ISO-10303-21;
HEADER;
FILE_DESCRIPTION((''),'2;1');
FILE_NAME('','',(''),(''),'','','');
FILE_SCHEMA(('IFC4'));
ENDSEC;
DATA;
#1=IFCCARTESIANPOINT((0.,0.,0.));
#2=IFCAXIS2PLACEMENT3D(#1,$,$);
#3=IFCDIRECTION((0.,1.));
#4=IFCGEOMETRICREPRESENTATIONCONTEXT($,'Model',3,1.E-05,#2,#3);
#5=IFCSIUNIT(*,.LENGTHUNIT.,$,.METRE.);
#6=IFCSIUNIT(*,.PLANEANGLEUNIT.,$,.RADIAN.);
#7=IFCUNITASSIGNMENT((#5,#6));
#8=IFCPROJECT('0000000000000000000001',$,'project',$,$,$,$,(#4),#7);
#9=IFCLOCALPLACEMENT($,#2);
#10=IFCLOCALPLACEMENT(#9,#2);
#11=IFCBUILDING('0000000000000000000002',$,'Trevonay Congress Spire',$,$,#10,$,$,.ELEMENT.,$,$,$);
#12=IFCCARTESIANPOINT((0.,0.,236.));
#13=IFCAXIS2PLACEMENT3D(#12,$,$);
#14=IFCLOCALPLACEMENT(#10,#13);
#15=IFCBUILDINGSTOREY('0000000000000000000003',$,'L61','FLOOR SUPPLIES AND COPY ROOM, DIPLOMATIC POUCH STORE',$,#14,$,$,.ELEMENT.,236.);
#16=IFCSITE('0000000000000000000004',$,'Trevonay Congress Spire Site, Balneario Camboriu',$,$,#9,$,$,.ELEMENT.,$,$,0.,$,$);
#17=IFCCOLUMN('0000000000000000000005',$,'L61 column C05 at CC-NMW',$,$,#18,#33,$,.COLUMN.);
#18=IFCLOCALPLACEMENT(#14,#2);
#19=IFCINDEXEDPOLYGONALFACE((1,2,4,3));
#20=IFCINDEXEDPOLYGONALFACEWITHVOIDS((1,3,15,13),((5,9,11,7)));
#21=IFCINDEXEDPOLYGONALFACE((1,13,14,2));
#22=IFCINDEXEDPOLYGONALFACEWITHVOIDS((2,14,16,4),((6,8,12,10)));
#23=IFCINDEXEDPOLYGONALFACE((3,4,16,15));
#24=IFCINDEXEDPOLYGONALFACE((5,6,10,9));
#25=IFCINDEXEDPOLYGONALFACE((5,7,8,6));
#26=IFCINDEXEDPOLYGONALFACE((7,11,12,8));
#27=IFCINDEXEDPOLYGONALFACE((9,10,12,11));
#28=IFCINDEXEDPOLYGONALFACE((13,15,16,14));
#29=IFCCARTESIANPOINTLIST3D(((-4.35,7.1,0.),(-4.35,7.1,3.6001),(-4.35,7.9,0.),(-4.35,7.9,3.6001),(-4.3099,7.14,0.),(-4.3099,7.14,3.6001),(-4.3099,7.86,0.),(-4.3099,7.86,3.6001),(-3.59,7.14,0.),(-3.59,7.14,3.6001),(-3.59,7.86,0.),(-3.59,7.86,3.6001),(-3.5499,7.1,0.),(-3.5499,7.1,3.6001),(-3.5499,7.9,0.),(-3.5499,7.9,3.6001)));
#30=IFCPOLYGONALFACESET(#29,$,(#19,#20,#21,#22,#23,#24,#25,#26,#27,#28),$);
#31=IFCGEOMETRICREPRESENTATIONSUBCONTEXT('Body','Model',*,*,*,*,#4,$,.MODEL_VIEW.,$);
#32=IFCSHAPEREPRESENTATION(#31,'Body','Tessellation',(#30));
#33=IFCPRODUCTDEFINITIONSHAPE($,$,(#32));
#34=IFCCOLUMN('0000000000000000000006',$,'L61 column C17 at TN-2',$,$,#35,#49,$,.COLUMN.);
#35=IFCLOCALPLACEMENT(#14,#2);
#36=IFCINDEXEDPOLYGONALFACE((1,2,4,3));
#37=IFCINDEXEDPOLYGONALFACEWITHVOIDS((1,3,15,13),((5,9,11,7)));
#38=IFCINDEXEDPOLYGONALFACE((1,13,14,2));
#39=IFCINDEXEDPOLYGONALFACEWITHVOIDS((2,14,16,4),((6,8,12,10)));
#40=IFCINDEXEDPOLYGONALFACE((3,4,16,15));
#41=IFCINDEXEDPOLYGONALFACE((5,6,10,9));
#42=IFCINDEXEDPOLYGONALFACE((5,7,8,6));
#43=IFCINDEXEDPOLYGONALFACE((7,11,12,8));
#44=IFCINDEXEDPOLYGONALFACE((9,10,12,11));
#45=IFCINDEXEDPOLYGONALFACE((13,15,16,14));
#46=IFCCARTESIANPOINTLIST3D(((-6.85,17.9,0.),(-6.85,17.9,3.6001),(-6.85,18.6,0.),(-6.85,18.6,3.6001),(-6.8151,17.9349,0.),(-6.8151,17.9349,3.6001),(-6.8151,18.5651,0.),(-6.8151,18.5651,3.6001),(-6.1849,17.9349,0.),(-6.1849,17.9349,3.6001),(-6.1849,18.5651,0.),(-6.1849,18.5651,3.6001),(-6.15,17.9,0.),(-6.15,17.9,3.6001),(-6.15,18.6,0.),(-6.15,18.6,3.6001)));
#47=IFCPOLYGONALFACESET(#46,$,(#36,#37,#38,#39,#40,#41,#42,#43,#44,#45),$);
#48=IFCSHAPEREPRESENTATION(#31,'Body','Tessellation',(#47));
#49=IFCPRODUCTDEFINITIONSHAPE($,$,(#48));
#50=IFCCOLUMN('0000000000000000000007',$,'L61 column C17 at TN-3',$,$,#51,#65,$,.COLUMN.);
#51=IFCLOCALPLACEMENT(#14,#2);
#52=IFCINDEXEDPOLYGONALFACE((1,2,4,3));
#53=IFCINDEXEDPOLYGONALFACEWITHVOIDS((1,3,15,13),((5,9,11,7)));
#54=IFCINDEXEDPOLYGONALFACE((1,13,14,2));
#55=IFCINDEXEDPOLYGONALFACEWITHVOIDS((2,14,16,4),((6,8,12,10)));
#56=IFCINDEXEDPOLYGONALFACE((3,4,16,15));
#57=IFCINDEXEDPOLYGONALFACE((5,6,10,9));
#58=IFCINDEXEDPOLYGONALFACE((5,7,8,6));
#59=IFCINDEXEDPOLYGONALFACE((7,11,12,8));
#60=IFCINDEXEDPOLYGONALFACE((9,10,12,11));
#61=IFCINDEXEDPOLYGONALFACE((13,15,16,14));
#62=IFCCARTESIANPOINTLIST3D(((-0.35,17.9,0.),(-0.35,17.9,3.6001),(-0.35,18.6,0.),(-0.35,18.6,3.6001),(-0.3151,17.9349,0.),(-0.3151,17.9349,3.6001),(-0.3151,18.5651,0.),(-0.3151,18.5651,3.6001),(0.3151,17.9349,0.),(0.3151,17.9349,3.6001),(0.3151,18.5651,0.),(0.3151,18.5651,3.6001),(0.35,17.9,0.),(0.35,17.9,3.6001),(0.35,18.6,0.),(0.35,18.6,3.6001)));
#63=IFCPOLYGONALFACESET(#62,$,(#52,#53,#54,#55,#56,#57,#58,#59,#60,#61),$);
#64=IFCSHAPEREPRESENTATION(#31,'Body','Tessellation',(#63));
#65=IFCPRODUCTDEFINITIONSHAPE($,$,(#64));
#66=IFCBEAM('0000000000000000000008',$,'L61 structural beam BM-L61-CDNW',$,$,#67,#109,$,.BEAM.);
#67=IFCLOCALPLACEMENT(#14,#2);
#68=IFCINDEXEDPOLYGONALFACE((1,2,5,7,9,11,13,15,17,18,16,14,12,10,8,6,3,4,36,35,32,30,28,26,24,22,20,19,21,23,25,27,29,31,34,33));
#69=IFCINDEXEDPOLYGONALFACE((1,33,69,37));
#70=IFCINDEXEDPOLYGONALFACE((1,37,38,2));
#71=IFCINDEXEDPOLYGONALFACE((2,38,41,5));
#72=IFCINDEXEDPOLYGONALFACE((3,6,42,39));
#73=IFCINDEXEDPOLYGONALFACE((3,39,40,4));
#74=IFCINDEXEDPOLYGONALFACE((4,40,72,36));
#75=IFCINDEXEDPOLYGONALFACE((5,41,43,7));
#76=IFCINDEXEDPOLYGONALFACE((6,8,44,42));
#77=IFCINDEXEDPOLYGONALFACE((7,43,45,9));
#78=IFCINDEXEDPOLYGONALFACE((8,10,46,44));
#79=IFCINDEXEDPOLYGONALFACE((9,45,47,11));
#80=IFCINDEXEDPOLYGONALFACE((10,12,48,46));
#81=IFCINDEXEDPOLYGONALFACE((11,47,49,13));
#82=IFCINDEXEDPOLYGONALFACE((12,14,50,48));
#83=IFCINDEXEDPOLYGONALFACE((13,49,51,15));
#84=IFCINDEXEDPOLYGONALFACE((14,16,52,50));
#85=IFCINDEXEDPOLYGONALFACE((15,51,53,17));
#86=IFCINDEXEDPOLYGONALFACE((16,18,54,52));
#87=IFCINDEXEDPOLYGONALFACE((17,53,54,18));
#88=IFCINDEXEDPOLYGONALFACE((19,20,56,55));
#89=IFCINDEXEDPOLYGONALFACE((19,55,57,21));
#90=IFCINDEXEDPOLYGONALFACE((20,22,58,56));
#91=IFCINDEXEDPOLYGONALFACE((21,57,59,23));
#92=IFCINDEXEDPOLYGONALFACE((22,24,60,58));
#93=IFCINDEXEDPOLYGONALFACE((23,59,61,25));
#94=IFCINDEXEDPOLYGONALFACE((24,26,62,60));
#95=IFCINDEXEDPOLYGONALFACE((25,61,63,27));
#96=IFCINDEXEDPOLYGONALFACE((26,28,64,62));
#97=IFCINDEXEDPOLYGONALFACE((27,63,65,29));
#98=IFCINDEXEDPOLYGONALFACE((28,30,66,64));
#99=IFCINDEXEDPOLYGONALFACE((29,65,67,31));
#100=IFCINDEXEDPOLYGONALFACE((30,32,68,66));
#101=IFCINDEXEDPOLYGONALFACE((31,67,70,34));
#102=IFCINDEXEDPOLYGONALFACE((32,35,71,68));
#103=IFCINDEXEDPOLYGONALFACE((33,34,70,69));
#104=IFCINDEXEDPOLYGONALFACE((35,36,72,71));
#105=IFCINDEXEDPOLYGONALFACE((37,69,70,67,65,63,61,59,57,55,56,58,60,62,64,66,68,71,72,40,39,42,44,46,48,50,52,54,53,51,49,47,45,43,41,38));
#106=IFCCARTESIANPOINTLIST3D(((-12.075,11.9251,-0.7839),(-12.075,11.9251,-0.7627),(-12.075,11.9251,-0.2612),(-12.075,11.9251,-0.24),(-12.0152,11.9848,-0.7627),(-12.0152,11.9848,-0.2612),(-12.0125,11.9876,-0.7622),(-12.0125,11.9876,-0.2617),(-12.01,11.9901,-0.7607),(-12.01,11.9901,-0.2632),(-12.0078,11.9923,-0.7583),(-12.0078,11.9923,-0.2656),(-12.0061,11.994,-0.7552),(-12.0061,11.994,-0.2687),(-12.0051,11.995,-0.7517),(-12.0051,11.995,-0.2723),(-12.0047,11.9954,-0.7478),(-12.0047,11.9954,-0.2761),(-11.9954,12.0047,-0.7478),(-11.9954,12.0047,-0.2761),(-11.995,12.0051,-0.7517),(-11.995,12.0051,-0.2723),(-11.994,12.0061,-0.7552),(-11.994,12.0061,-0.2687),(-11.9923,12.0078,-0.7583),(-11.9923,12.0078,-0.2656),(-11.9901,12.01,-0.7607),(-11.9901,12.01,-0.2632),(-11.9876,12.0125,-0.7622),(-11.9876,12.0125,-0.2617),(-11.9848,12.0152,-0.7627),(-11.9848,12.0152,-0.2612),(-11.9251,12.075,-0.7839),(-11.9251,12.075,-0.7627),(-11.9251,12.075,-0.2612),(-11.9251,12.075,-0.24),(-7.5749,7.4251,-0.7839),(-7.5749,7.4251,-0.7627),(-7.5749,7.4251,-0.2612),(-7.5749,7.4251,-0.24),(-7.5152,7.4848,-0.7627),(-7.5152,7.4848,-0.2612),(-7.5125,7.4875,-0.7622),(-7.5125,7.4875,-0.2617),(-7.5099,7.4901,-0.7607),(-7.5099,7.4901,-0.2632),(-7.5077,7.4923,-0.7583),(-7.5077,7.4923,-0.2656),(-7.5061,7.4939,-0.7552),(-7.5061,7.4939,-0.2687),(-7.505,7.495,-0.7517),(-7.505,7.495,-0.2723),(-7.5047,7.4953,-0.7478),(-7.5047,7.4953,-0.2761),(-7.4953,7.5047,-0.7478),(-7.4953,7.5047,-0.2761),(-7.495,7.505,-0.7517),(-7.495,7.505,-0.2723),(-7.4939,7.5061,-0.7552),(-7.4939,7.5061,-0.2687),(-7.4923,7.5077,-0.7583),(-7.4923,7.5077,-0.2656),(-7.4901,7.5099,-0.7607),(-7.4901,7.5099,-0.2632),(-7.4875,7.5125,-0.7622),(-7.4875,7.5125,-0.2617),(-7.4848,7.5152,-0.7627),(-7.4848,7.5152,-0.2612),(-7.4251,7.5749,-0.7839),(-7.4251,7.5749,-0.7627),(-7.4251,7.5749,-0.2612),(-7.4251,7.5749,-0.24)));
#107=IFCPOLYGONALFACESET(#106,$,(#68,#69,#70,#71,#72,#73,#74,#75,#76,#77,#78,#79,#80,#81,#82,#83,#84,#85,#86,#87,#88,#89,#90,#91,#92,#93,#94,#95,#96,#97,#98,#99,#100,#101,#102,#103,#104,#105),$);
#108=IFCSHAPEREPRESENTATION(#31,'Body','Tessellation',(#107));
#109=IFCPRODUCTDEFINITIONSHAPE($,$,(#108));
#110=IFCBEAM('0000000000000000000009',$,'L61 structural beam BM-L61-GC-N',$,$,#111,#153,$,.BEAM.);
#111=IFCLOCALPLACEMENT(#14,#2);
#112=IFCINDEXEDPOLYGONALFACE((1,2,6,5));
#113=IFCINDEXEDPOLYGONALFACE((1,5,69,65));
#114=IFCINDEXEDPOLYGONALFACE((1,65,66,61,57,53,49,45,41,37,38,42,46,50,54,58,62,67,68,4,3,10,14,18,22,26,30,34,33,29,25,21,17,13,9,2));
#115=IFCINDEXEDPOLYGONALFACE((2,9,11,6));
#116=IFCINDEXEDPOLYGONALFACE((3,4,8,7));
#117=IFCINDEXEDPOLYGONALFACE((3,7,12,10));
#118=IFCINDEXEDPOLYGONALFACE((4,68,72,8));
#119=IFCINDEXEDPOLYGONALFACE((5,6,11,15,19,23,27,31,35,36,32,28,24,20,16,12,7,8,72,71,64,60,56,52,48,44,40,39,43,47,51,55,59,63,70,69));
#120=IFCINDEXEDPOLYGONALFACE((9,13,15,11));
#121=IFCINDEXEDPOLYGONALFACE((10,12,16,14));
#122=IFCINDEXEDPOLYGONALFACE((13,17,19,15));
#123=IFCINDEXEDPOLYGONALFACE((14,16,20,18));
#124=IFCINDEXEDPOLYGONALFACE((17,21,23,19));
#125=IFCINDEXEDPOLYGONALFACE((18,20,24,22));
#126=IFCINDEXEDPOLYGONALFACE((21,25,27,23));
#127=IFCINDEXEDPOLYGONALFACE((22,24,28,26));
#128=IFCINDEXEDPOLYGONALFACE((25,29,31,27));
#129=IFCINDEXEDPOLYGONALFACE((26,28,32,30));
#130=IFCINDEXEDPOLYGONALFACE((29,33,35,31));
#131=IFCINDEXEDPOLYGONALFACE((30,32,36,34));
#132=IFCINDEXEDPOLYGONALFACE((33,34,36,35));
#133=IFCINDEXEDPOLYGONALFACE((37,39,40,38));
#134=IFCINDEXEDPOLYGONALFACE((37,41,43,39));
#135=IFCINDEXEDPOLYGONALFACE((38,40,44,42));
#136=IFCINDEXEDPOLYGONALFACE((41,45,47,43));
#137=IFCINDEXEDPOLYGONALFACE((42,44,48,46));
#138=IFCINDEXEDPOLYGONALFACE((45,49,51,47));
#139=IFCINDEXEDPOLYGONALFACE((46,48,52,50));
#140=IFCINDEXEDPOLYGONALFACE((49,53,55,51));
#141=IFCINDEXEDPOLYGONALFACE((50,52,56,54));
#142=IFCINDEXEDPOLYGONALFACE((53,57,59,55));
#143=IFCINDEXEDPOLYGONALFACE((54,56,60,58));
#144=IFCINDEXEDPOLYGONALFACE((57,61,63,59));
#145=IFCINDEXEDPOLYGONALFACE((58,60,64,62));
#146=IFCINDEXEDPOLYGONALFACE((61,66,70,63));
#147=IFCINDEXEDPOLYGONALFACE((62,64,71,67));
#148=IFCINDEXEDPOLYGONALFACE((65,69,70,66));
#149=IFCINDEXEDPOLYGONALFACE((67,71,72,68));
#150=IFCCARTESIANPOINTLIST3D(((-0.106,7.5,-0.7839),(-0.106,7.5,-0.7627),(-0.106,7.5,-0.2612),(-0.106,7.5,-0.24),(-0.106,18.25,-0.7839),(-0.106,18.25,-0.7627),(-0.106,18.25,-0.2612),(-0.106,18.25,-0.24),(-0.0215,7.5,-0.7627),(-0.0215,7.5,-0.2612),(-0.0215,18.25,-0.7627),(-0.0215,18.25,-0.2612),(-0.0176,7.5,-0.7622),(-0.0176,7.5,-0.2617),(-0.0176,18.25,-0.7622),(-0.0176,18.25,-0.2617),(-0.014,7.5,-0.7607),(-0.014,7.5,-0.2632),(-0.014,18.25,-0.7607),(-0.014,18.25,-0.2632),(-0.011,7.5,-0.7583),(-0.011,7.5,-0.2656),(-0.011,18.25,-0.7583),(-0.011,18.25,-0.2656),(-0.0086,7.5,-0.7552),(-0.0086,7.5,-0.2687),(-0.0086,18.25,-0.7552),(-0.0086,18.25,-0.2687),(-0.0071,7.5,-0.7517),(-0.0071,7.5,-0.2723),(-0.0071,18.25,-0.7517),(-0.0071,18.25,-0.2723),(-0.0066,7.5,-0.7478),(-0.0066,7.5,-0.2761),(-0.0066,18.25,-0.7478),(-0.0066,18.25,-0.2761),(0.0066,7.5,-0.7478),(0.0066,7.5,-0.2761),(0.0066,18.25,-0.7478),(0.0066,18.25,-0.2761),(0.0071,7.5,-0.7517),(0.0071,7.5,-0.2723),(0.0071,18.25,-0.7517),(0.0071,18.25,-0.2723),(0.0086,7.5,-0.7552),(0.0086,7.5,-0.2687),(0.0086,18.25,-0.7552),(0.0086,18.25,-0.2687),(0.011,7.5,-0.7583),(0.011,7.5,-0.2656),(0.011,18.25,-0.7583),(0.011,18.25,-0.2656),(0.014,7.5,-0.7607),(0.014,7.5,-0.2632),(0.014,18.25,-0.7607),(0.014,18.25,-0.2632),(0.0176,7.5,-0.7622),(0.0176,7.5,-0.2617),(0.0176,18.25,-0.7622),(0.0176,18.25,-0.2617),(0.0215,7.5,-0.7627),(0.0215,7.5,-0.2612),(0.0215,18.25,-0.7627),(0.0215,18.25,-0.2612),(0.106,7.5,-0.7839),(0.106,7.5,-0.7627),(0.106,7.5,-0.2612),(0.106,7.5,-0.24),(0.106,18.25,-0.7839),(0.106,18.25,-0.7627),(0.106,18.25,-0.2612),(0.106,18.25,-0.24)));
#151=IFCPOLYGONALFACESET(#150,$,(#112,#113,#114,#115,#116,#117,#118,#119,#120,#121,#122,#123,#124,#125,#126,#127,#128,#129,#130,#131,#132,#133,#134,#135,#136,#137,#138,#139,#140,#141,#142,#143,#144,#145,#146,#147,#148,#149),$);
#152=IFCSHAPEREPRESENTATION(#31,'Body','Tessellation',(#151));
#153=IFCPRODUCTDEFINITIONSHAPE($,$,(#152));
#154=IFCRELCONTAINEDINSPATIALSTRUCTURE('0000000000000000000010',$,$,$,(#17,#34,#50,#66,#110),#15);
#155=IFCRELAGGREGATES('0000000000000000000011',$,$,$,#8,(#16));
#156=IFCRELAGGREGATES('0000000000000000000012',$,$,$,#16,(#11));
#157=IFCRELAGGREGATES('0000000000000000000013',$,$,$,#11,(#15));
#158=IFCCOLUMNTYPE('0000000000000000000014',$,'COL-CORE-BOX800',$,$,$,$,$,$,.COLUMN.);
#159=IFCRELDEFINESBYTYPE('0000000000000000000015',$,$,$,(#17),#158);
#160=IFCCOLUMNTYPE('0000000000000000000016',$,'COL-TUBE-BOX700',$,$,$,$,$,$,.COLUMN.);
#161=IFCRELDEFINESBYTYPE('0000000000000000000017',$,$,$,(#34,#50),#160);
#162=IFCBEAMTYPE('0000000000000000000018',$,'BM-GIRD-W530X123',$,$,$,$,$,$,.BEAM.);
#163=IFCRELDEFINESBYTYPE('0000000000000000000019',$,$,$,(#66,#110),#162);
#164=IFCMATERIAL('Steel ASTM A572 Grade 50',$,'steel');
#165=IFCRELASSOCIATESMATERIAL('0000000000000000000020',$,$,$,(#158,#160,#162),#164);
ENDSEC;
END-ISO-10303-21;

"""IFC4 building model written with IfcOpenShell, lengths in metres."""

from ifc_helpers import new_model, si_unit, direction, frame, origin, origin_2d, place, context, subcontext, project, spatial, hollow_rectangle, i_section, extrude, material, material_profile, profile_set, type_object, element, save


model = new_model("IFC4")

# Units and contexts
model_context = context("Model", 3, precision=1e-05, world=origin(), true_north=direction((0.0, 1.0)))
body_context = subcontext(model_context, "Body", "Model", "MODEL_VIEW")
ifc_project = project(units=[si_unit("LENGTHUNIT", "METRE"), si_unit("PLANEANGLEUNIT", "RADIAN")], contexts=[model_context])

# Site, building, storey
site_placement = place(None, origin())
site = spatial("IfcSite", under=ifc_project, at=site_placement, Name="Trevonay Congress Spire Site, Balneario Camboriu", CompositionType="ELEMENT", RefElevation=0.0)
building_placement = place(site_placement, origin())
building = spatial("IfcBuilding", under=site, at=building_placement, Name="Trevonay Congress Spire", CompositionType="ELEMENT")
storey_placement = place(building_placement, frame((0.0, 0.0, 236.0)))
storey = spatial("IfcBuildingStorey", under=building, at=storey_placement, Name="L61", Description="FLOOR SUPPLIES AND COPY ROOM, DIPLOMATIC POUCH STORE", CompositionType="ELEMENT", Elevation=236.0)

# Columns
ifc_material_1 = material(Name="Steel ASTM A572 Grade 50", Category="steel")
ifc_material_profile_1 = material_profile(ifc_material_1, hollow_rectangle(XDim=0.8, YDim=0.8, WallThickness=0.04, at=origin_2d()), Name="BOX 800x800x40")
ifc_profile_set_1 = profile_set([ifc_material_profile_1], Name="Steel ASTM A572 Grade 50")
column_type_1 = type_object("IfcColumnType", Name="COL-CORE-BOX800", PredefinedType="COLUMN", material=ifc_profile_set_1)
column_placement = place(storey_placement, frame((-3.95, 7.5, 0.0), z_axis=(0.0, 0.0, 1.0), x_axis=(1.0, 0.0, 0.0)))
element("IfcColumn", 1, at=column_placement, inside=storey, type_object=column_type_1, Name="L61 column C05 at CC-NMW", PredefinedType="COLUMN", context=body_context, shape_type="SweptSolid", body=[
    extrude(hollow_rectangle(XDim=0.8, YDim=0.8, WallThickness=0.04, at=origin_2d()), origin(), (0.0, 0.0, 1.0), 3.6001),
])
ifc_material_profile_2 = material_profile(ifc_material_1, hollow_rectangle(XDim=0.7, YDim=0.7, WallThickness=0.0349, at=origin_2d()), Name="BOX 700x700x35")
ifc_profile_set_2 = profile_set([ifc_material_profile_2], Name="Steel ASTM A572 Grade 50")
column_type_2 = type_object("IfcColumnType", Name="COL-TUBE-BOX700", PredefinedType="COLUMN", material=ifc_profile_set_2)
for number, where, z_axis, x_axis, name in (
    (2, (-6.5, 18.25, 0.0), (0.0, 0.0, 1.0), (1.0, 0.0, 0.0), "L61 column C17 at TN-2"),
    (3, (0.0, 18.25, 0.0), (0.0, 0.0, 1.0), (1.0, 0.0, 0.0), "L61 column C17 at TN-3"),
):
    element("IfcColumn", number, at=place(storey_placement, frame(where, z_axis=z_axis, x_axis=x_axis)), inside=storey, type_object=column_type_2, Name=name, PredefinedType="COLUMN", context=body_context, shape_type="SweptSolid", body=[
        extrude(hollow_rectangle(XDim=0.7, YDim=0.7, WallThickness=0.0349, at=origin_2d()), origin(), (0.0, 0.0, 1.0), 3.6001),
    ])

# Beams
ifc_material_profile_3 = material_profile(ifc_material_1, i_section(OverallWidth=0.2119, OverallDepth=0.5439, WebThickness=0.0132, FlangeThickness=0.0212, FilletRadius=0.0149, at=origin_2d()), Name="W530x123")
ifc_profile_set_3 = profile_set([ifc_material_profile_3], Name="Steel ASTM A572 Grade 50")
beam_type_1 = type_object("IfcBeamType", Name="BM-GIRD-W530X123", PredefinedType="BEAM", material=ifc_profile_set_3)
beam_1_placement = place(storey_placement, frame((-7.5, 7.5, -0.512), z_axis=(-0.707107, 0.707107, 0.0), x_axis=(-0.707107, -0.707107, 0.0)))
element("IfcBeam", 4, at=beam_1_placement, inside=storey, type_object=beam_type_1, Name="L61 structural beam BM-L61-CDNW", PredefinedType="BEAM", context=body_context, shape_type="SweptSolid", body=[
    extrude(i_section(OverallWidth=0.2119, OverallDepth=0.5439, WebThickness=0.0132, FlangeThickness=0.0212, FilletRadius=0.0149, at=origin_2d()), origin(), (0.0, 0.0, 1.0), 6.364),
])
beam_2_placement = place(storey_placement, frame((0.0, 7.5, -0.512), z_axis=(0.0, 1.0, 0.0), x_axis=(-1.0, 0.0, 0.0)))
element("IfcBeam", 5, at=beam_2_placement, inside=storey, type_object=beam_type_1, Name="L61 structural beam BM-L61-GC-N", PredefinedType="BEAM", context=body_context, shape_type="SweptSolid", body=[
    extrude(i_section(OverallWidth=0.2119, OverallDepth=0.5439, WebThickness=0.0132, FlangeThickness=0.0212, FilletRadius=0.0149, at=origin_2d()), origin(), (0.0, 0.0, 1.0), 10.75),
])

save(model, "model.ifc")
